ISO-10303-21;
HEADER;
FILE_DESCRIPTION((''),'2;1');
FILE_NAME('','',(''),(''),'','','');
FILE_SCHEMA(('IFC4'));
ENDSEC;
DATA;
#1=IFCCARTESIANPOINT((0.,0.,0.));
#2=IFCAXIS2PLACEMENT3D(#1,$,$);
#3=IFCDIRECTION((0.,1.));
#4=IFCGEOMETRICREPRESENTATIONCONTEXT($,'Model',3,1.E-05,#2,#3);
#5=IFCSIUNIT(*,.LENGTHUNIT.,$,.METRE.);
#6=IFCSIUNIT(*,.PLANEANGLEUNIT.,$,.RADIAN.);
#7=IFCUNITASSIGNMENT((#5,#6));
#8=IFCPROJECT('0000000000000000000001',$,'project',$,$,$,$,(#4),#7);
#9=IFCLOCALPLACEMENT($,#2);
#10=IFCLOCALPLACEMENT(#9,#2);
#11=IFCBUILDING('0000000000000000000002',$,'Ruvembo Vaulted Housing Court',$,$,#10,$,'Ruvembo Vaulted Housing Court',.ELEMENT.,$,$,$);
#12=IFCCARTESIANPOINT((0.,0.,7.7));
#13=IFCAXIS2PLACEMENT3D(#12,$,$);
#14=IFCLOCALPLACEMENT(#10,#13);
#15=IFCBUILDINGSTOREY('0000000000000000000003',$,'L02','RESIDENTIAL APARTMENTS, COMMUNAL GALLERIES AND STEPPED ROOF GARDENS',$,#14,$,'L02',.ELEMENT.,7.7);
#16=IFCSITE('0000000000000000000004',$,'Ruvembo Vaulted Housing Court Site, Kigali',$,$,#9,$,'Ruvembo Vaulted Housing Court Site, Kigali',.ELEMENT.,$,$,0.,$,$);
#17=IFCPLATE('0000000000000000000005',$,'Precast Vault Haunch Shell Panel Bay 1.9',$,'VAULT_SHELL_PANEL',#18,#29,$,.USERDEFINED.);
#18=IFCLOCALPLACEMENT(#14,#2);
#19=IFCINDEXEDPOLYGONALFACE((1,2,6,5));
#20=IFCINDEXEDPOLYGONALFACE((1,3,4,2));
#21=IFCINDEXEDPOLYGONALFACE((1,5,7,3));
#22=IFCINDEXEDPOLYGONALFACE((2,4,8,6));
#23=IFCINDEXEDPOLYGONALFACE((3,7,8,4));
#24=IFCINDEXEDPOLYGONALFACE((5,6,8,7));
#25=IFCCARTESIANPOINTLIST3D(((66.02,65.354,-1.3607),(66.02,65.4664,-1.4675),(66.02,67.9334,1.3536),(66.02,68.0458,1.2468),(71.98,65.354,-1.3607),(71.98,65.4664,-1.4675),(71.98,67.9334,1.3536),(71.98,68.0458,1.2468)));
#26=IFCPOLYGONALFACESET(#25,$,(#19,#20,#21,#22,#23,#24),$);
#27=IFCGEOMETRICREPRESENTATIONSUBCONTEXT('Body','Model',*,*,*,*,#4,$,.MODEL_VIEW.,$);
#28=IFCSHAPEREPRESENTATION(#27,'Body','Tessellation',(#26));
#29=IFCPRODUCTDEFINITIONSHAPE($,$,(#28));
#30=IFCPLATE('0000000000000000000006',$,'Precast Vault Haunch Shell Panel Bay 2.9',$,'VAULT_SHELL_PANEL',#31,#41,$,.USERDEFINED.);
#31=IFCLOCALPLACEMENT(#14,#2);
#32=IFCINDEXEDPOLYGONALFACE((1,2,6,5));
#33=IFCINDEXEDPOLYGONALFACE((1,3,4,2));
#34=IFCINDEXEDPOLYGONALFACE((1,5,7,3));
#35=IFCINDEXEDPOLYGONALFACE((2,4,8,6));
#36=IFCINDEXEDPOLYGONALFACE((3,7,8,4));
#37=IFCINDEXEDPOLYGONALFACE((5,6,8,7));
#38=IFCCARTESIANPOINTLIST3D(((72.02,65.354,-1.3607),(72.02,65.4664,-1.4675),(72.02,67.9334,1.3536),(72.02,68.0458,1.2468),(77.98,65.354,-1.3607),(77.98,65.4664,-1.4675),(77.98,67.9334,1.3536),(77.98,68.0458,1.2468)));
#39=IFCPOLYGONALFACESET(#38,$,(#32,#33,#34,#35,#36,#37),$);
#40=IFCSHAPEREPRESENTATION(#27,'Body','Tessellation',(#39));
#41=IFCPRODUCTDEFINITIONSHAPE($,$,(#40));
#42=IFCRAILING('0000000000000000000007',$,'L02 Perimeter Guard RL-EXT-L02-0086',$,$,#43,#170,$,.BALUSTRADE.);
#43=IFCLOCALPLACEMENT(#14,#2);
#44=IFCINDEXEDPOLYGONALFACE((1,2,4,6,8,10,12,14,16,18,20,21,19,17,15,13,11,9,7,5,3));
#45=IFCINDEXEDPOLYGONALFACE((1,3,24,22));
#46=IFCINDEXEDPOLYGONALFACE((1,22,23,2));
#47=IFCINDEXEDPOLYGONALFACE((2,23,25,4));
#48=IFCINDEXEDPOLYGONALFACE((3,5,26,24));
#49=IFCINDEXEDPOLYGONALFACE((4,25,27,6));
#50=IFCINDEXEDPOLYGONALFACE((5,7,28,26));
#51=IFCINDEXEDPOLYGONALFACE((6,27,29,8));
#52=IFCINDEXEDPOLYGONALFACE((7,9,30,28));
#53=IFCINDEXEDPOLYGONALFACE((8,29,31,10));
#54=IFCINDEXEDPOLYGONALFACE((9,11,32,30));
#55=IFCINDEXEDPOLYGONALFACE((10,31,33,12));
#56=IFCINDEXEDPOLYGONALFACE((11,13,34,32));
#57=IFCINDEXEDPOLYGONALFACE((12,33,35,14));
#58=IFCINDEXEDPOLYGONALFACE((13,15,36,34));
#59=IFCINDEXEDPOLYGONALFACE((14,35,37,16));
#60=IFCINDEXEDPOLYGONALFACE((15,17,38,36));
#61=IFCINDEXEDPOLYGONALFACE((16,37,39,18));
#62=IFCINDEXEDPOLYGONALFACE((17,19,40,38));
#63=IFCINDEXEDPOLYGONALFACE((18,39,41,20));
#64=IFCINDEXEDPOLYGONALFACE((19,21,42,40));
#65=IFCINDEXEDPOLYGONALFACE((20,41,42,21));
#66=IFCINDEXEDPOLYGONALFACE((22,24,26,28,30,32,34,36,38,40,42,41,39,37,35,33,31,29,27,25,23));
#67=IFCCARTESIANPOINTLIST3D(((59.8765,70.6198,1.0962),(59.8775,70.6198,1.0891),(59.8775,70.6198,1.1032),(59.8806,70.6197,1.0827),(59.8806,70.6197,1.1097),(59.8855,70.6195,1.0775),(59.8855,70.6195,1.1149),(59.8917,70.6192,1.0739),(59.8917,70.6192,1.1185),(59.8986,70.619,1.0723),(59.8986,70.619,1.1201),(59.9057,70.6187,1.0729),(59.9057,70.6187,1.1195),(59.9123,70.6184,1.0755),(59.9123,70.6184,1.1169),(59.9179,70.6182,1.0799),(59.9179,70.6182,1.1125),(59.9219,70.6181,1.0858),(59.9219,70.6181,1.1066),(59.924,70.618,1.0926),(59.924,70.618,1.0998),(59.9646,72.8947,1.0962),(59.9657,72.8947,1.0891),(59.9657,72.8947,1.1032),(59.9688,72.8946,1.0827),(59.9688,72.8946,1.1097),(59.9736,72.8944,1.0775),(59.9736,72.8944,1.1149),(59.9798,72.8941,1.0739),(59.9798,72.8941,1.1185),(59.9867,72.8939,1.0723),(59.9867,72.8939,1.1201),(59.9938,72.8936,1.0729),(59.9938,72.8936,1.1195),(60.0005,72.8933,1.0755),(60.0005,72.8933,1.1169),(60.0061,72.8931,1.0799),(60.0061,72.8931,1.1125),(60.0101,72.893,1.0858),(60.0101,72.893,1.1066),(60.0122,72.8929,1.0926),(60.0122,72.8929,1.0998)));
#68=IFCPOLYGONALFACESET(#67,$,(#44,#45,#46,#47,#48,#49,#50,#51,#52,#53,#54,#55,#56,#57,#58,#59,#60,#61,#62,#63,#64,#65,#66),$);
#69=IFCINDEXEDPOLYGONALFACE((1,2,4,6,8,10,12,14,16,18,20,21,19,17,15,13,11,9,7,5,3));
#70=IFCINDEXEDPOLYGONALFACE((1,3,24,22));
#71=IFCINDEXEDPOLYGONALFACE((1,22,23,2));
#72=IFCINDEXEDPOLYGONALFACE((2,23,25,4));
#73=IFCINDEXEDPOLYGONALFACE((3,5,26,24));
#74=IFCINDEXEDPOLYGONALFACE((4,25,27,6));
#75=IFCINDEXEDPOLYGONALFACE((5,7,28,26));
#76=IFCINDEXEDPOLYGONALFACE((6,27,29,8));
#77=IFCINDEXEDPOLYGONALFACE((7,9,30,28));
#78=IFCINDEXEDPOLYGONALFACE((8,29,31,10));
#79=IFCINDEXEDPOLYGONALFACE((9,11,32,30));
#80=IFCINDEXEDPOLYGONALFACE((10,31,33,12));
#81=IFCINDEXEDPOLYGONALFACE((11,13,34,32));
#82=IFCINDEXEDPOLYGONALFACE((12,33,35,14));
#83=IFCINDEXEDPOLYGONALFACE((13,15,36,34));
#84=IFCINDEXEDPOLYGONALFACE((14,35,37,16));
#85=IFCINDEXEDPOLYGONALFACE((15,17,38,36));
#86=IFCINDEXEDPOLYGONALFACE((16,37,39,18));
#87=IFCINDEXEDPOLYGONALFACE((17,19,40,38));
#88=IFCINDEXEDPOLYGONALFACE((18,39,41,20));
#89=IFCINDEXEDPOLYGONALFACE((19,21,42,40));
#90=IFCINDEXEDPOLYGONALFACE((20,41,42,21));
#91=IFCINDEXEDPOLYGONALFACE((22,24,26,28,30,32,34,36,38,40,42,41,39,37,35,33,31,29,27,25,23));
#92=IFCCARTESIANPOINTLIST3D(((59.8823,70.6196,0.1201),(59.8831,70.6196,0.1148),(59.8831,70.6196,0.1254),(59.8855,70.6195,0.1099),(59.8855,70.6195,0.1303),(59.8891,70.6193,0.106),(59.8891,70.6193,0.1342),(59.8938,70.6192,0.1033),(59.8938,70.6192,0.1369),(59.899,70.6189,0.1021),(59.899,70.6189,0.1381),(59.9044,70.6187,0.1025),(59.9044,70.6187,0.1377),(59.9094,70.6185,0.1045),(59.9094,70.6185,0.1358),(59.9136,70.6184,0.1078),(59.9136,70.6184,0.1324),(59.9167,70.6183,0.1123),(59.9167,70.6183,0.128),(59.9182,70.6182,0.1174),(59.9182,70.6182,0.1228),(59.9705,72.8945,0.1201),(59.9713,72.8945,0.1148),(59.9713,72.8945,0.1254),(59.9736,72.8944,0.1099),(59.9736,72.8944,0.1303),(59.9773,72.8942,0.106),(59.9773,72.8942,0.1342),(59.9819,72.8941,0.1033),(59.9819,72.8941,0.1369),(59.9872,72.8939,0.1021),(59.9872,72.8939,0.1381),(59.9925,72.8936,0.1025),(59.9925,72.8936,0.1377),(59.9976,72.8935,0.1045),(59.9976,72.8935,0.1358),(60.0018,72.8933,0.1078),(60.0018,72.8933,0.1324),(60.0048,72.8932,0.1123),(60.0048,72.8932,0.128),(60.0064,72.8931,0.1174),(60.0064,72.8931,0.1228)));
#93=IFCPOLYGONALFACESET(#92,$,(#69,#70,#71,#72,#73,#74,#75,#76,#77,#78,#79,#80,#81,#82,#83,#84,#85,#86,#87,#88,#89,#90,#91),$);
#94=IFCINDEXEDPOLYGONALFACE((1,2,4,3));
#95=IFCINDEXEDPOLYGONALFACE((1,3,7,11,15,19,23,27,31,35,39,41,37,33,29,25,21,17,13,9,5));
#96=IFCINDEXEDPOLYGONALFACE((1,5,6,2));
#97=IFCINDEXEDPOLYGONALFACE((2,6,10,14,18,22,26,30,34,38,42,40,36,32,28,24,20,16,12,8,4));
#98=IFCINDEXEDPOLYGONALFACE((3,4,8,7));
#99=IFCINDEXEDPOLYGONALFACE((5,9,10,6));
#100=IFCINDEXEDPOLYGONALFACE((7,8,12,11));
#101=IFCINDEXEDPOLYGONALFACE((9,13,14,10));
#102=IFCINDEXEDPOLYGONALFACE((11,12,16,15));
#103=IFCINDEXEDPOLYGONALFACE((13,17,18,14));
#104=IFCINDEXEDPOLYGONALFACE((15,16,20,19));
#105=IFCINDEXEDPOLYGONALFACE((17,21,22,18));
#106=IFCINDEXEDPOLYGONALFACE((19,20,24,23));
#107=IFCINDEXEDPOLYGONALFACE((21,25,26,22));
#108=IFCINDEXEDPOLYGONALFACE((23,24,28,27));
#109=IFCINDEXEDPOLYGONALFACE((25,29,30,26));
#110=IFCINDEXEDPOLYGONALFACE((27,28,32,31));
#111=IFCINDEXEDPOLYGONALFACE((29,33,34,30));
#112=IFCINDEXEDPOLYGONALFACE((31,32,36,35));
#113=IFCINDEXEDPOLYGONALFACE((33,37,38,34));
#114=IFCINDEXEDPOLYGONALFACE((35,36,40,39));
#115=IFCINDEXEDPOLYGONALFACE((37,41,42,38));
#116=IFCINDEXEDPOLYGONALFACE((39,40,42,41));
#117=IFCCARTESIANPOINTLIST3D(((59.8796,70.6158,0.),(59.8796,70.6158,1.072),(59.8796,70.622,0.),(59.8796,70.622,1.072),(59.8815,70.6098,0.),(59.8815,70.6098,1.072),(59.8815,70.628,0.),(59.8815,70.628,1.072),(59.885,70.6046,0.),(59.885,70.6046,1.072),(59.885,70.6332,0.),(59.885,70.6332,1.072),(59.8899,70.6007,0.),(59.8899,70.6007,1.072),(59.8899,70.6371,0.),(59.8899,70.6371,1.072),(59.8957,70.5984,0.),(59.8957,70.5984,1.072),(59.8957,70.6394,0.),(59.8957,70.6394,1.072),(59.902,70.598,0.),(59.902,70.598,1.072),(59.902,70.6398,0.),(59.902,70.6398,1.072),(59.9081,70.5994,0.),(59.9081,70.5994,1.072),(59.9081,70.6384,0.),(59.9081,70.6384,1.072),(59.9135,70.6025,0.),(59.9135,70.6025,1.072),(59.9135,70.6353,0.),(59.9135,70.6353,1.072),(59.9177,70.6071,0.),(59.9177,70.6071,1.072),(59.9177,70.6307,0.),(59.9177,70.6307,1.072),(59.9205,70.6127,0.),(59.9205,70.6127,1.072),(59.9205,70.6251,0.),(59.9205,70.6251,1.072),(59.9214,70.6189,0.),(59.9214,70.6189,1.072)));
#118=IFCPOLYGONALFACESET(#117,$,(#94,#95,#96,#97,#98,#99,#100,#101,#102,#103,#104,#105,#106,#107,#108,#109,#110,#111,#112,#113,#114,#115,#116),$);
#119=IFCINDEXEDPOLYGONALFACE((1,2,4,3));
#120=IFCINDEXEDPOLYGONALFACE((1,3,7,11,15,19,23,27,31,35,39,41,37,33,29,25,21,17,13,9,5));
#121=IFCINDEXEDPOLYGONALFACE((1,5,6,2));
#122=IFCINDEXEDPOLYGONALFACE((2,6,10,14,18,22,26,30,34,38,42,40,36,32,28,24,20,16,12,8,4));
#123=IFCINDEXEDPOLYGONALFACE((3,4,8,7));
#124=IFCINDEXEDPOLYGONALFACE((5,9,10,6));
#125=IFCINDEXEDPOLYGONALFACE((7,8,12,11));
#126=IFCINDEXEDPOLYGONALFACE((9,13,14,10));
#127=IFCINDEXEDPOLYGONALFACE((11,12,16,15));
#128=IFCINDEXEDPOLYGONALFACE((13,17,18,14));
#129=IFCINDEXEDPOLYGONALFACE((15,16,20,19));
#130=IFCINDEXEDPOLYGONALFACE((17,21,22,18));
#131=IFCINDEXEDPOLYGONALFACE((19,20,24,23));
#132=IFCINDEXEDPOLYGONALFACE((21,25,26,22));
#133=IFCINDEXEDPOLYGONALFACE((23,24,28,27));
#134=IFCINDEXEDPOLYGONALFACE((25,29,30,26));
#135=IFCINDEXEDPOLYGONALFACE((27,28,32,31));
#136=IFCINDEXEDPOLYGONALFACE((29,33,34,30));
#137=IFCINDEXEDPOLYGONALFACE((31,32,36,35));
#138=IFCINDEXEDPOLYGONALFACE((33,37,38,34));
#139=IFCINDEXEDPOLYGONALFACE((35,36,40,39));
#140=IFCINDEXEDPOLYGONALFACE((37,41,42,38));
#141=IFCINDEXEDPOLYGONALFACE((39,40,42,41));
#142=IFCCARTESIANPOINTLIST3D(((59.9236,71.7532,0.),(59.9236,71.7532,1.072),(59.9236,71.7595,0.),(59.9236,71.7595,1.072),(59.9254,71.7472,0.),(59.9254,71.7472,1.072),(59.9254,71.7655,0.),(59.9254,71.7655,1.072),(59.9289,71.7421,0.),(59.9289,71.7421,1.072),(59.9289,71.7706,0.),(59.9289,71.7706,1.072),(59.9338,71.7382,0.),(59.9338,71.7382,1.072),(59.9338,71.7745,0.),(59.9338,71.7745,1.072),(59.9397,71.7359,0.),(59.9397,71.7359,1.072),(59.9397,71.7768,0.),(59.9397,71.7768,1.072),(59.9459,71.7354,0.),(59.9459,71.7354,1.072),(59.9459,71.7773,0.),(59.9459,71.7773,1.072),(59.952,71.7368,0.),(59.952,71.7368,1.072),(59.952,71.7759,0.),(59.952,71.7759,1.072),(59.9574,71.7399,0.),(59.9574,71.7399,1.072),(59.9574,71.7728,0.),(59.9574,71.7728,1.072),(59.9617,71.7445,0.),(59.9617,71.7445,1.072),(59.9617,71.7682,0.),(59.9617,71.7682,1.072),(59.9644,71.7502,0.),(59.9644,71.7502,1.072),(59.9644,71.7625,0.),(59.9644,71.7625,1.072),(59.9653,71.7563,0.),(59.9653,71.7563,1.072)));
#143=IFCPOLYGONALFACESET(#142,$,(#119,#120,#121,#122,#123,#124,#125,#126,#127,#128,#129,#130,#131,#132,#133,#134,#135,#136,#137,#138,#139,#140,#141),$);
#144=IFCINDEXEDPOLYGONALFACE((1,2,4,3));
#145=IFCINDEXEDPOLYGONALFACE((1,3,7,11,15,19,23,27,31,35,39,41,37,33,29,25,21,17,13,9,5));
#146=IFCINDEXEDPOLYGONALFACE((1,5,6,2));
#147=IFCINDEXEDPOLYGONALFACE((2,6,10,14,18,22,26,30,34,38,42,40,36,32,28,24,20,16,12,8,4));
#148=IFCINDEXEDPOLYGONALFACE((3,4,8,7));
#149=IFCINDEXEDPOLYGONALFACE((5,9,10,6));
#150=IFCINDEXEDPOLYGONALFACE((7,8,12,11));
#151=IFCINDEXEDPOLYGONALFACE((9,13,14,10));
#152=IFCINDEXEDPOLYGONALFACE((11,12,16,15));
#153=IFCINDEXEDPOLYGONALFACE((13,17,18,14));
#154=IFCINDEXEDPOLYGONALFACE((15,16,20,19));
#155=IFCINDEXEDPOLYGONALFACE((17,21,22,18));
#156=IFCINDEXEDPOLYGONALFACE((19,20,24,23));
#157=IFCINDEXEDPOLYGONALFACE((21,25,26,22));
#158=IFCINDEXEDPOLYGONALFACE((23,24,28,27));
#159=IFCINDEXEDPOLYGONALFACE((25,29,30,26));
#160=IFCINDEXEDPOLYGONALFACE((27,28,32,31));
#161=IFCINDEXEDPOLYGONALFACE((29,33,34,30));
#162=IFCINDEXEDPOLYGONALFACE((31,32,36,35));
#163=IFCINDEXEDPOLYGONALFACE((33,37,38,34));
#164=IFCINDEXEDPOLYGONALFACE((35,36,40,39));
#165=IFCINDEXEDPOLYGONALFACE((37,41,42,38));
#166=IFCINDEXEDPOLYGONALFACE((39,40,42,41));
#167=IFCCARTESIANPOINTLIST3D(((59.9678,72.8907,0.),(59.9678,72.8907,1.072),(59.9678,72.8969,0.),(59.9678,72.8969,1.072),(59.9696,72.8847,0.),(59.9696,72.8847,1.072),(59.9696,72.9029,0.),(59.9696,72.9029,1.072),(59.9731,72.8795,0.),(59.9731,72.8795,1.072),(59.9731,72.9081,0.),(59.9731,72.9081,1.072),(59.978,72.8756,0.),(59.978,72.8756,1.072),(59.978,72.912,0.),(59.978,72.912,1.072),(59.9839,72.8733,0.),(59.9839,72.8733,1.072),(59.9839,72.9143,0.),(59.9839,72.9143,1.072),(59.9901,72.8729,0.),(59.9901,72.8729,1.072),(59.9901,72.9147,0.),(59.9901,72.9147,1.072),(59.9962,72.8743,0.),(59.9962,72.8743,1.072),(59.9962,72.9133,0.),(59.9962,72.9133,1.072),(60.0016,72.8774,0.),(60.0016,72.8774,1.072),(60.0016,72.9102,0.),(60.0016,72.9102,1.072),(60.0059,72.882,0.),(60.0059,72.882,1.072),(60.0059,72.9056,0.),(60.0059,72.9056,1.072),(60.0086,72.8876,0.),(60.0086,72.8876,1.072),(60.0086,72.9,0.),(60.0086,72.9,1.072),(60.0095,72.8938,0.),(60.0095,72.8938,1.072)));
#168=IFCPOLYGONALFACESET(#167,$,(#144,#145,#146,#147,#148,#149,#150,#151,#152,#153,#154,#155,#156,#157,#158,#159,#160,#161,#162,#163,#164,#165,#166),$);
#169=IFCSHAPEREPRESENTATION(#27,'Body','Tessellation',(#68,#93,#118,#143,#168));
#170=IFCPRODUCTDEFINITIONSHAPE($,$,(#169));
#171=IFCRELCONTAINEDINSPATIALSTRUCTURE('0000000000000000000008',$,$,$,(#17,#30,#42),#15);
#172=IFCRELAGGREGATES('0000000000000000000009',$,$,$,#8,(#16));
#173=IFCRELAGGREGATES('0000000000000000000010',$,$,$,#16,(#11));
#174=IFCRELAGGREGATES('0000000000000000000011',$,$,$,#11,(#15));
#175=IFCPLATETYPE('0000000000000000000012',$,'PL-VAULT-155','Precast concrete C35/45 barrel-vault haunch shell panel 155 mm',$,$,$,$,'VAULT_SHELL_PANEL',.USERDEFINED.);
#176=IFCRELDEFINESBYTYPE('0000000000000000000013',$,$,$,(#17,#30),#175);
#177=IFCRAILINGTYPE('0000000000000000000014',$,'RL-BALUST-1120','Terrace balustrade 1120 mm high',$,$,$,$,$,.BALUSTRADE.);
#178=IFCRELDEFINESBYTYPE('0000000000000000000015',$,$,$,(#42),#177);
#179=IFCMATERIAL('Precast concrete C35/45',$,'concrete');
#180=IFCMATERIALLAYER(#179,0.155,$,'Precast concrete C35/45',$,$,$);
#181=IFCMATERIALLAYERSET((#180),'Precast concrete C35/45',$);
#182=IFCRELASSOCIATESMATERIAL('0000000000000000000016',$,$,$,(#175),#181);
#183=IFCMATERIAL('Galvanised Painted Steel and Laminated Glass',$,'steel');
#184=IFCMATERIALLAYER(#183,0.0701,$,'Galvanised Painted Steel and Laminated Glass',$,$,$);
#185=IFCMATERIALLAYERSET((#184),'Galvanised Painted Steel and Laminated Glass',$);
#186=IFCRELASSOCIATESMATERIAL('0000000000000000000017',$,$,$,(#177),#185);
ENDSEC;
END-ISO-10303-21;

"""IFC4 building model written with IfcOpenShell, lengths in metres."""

from ifc_helpers import new_model, si_unit, direction, frame, origin, origin_2d, place, context, subcontext, project, spatial, rectangle, circle, extrude, material, layer, layer_set, type_object, element, save


model = new_model("IFC4")

# Units and contexts
model_context = context("Model", 3, precision=1e-05, world=origin(), true_north=direction((0.0, 1.0)))
body_context = subcontext(model_context, "Body", "Model", "MODEL_VIEW")
ifc_project = project(units=[si_unit("LENGTHUNIT", "METRE"), si_unit("PLANEANGLEUNIT", "RADIAN")], contexts=[model_context])

# Site, building, storey
site_placement = place(None, origin())
site = spatial("IfcSite", under=ifc_project, at=site_placement, Name="Ruvembo Vaulted Housing Court Site, Kigali", LongName="Ruvembo Vaulted Housing Court Site, Kigali", CompositionType="ELEMENT", RefElevation=0.0)
building_placement = place(site_placement, origin())
building = spatial("IfcBuilding", under=site, at=building_placement, Name="Ruvembo Vaulted Housing Court", LongName="Ruvembo Vaulted Housing Court", CompositionType="ELEMENT")
storey_placement = place(building_placement, frame((0.0, 0.0, 7.7)))
storey = spatial("IfcBuildingStorey", under=building, at=storey_placement, Name="L02", Description="RESIDENTIAL APARTMENTS, COMMUNAL GALLERIES AND STEPPED ROOF GARDENS", LongName="L02", CompositionType="ELEMENT", Elevation=7.7)

# Plates
ifc_material_1 = material(Name="Precast concrete C35/45", Category="concrete")
ifc_layer_1 = layer(ifc_material_1, 0.155, Name="Precast concrete C35/45")
ifc_layer_set_1 = layer_set([ifc_layer_1], Name="Precast concrete C35/45")
plate_type_1 = type_object("IfcPlateType", Name="PL-VAULT-155", Description="Precast concrete C35/45 barrel-vault haunch shell panel 155 mm", ElementType="VAULT_SHELL_PANEL", PredefinedType="USERDEFINED", material=ifc_layer_set_1)
for number, where, z_axis, x_axis, name in (
    (1, (69.0, 66.7561, -0.1104), (0.0, -0.724894, 0.688861), (1.0, 0.0, 0.0), "Precast Vault Haunch Shell Panel Bay 1.9"),
    (2, (75.0, 66.7561, -0.1104), (0.0, -0.724894, 0.688861), (1.0, 0.0, 0.0), "Precast Vault Haunch Shell Panel Bay 2.9"),
):
    element("IfcPlate", number, at=place(storey_placement, frame(where, z_axis=z_axis, x_axis=x_axis)), inside=storey, type_object=plate_type_1, Name=name, ObjectType="VAULT_SHELL_PANEL", PredefinedType="USERDEFINED", context=body_context, shape_type="SweptSolid", body=[
        extrude(rectangle(XDim=5.96, YDim=3.7444, at=origin_2d()), origin(), (0.0, 0.0, 1.0), 0.155),
    ])

# Railing
ifc_material_2 = material(Name="Galvanised Painted Steel and Laminated Glass", Category="steel")
ifc_layer_2 = layer(ifc_material_2, 0.0701, Name="Galvanised Painted Steel and Laminated Glass")
ifc_layer_set_2 = layer_set([ifc_layer_2], Name="Galvanised Painted Steel and Laminated Glass")
railing_type = type_object("IfcRailingType", Name="RL-BALUST-1120", Description="Terrace balustrade 1120 mm high", PredefinedType="BALUSTRADE", material=ifc_layer_set_2)
railing_1_placement = place(storey_placement, frame((59.9004, 70.6189, 0.0)))
element("IfcRailing", 3, at=railing_1_placement, inside=storey, type_object=railing_type, Name="L02 Perimeter Guard RL-EXT-L02-0086", PredefinedType="BALUSTRADE", context=body_context, shape_type="SweptSolid", body=[
    extrude(circle(Radius=0.0239, at=origin_2d()), frame((0.0, 0.0, 1.0962), z_axis=(0.038713, 0.99925, 0.0), x_axis=(-0.99925, 0.038713, 0.0)), (0.0, 0.0, 1.0), 2.2766),
    extrude(circle(Radius=0.0181, at=origin_2d()), frame((0.0, 0.0, 0.1201), z_axis=(0.038713, 0.99925, 0.0), x_axis=(-0.99925, 0.038713, 0.0)), (0.0, 0.0, 1.0), 2.2766),
    extrude(circle(Radius=0.021, at=origin_2d()), origin(), (0.0, 0.0, 1.0), 1.072),
    extrude(circle(Radius=0.021, at=origin_2d()), frame((0.0439, 1.1375, 0.0)), (0.0, 0.0, 1.0), 1.072),
    extrude(circle(Radius=0.021, at=origin_2d()), frame((0.0881, 2.2749, 0.0)), (0.0, 0.0, 1.0), 1.072),
])

save(model, "model.ifc")
